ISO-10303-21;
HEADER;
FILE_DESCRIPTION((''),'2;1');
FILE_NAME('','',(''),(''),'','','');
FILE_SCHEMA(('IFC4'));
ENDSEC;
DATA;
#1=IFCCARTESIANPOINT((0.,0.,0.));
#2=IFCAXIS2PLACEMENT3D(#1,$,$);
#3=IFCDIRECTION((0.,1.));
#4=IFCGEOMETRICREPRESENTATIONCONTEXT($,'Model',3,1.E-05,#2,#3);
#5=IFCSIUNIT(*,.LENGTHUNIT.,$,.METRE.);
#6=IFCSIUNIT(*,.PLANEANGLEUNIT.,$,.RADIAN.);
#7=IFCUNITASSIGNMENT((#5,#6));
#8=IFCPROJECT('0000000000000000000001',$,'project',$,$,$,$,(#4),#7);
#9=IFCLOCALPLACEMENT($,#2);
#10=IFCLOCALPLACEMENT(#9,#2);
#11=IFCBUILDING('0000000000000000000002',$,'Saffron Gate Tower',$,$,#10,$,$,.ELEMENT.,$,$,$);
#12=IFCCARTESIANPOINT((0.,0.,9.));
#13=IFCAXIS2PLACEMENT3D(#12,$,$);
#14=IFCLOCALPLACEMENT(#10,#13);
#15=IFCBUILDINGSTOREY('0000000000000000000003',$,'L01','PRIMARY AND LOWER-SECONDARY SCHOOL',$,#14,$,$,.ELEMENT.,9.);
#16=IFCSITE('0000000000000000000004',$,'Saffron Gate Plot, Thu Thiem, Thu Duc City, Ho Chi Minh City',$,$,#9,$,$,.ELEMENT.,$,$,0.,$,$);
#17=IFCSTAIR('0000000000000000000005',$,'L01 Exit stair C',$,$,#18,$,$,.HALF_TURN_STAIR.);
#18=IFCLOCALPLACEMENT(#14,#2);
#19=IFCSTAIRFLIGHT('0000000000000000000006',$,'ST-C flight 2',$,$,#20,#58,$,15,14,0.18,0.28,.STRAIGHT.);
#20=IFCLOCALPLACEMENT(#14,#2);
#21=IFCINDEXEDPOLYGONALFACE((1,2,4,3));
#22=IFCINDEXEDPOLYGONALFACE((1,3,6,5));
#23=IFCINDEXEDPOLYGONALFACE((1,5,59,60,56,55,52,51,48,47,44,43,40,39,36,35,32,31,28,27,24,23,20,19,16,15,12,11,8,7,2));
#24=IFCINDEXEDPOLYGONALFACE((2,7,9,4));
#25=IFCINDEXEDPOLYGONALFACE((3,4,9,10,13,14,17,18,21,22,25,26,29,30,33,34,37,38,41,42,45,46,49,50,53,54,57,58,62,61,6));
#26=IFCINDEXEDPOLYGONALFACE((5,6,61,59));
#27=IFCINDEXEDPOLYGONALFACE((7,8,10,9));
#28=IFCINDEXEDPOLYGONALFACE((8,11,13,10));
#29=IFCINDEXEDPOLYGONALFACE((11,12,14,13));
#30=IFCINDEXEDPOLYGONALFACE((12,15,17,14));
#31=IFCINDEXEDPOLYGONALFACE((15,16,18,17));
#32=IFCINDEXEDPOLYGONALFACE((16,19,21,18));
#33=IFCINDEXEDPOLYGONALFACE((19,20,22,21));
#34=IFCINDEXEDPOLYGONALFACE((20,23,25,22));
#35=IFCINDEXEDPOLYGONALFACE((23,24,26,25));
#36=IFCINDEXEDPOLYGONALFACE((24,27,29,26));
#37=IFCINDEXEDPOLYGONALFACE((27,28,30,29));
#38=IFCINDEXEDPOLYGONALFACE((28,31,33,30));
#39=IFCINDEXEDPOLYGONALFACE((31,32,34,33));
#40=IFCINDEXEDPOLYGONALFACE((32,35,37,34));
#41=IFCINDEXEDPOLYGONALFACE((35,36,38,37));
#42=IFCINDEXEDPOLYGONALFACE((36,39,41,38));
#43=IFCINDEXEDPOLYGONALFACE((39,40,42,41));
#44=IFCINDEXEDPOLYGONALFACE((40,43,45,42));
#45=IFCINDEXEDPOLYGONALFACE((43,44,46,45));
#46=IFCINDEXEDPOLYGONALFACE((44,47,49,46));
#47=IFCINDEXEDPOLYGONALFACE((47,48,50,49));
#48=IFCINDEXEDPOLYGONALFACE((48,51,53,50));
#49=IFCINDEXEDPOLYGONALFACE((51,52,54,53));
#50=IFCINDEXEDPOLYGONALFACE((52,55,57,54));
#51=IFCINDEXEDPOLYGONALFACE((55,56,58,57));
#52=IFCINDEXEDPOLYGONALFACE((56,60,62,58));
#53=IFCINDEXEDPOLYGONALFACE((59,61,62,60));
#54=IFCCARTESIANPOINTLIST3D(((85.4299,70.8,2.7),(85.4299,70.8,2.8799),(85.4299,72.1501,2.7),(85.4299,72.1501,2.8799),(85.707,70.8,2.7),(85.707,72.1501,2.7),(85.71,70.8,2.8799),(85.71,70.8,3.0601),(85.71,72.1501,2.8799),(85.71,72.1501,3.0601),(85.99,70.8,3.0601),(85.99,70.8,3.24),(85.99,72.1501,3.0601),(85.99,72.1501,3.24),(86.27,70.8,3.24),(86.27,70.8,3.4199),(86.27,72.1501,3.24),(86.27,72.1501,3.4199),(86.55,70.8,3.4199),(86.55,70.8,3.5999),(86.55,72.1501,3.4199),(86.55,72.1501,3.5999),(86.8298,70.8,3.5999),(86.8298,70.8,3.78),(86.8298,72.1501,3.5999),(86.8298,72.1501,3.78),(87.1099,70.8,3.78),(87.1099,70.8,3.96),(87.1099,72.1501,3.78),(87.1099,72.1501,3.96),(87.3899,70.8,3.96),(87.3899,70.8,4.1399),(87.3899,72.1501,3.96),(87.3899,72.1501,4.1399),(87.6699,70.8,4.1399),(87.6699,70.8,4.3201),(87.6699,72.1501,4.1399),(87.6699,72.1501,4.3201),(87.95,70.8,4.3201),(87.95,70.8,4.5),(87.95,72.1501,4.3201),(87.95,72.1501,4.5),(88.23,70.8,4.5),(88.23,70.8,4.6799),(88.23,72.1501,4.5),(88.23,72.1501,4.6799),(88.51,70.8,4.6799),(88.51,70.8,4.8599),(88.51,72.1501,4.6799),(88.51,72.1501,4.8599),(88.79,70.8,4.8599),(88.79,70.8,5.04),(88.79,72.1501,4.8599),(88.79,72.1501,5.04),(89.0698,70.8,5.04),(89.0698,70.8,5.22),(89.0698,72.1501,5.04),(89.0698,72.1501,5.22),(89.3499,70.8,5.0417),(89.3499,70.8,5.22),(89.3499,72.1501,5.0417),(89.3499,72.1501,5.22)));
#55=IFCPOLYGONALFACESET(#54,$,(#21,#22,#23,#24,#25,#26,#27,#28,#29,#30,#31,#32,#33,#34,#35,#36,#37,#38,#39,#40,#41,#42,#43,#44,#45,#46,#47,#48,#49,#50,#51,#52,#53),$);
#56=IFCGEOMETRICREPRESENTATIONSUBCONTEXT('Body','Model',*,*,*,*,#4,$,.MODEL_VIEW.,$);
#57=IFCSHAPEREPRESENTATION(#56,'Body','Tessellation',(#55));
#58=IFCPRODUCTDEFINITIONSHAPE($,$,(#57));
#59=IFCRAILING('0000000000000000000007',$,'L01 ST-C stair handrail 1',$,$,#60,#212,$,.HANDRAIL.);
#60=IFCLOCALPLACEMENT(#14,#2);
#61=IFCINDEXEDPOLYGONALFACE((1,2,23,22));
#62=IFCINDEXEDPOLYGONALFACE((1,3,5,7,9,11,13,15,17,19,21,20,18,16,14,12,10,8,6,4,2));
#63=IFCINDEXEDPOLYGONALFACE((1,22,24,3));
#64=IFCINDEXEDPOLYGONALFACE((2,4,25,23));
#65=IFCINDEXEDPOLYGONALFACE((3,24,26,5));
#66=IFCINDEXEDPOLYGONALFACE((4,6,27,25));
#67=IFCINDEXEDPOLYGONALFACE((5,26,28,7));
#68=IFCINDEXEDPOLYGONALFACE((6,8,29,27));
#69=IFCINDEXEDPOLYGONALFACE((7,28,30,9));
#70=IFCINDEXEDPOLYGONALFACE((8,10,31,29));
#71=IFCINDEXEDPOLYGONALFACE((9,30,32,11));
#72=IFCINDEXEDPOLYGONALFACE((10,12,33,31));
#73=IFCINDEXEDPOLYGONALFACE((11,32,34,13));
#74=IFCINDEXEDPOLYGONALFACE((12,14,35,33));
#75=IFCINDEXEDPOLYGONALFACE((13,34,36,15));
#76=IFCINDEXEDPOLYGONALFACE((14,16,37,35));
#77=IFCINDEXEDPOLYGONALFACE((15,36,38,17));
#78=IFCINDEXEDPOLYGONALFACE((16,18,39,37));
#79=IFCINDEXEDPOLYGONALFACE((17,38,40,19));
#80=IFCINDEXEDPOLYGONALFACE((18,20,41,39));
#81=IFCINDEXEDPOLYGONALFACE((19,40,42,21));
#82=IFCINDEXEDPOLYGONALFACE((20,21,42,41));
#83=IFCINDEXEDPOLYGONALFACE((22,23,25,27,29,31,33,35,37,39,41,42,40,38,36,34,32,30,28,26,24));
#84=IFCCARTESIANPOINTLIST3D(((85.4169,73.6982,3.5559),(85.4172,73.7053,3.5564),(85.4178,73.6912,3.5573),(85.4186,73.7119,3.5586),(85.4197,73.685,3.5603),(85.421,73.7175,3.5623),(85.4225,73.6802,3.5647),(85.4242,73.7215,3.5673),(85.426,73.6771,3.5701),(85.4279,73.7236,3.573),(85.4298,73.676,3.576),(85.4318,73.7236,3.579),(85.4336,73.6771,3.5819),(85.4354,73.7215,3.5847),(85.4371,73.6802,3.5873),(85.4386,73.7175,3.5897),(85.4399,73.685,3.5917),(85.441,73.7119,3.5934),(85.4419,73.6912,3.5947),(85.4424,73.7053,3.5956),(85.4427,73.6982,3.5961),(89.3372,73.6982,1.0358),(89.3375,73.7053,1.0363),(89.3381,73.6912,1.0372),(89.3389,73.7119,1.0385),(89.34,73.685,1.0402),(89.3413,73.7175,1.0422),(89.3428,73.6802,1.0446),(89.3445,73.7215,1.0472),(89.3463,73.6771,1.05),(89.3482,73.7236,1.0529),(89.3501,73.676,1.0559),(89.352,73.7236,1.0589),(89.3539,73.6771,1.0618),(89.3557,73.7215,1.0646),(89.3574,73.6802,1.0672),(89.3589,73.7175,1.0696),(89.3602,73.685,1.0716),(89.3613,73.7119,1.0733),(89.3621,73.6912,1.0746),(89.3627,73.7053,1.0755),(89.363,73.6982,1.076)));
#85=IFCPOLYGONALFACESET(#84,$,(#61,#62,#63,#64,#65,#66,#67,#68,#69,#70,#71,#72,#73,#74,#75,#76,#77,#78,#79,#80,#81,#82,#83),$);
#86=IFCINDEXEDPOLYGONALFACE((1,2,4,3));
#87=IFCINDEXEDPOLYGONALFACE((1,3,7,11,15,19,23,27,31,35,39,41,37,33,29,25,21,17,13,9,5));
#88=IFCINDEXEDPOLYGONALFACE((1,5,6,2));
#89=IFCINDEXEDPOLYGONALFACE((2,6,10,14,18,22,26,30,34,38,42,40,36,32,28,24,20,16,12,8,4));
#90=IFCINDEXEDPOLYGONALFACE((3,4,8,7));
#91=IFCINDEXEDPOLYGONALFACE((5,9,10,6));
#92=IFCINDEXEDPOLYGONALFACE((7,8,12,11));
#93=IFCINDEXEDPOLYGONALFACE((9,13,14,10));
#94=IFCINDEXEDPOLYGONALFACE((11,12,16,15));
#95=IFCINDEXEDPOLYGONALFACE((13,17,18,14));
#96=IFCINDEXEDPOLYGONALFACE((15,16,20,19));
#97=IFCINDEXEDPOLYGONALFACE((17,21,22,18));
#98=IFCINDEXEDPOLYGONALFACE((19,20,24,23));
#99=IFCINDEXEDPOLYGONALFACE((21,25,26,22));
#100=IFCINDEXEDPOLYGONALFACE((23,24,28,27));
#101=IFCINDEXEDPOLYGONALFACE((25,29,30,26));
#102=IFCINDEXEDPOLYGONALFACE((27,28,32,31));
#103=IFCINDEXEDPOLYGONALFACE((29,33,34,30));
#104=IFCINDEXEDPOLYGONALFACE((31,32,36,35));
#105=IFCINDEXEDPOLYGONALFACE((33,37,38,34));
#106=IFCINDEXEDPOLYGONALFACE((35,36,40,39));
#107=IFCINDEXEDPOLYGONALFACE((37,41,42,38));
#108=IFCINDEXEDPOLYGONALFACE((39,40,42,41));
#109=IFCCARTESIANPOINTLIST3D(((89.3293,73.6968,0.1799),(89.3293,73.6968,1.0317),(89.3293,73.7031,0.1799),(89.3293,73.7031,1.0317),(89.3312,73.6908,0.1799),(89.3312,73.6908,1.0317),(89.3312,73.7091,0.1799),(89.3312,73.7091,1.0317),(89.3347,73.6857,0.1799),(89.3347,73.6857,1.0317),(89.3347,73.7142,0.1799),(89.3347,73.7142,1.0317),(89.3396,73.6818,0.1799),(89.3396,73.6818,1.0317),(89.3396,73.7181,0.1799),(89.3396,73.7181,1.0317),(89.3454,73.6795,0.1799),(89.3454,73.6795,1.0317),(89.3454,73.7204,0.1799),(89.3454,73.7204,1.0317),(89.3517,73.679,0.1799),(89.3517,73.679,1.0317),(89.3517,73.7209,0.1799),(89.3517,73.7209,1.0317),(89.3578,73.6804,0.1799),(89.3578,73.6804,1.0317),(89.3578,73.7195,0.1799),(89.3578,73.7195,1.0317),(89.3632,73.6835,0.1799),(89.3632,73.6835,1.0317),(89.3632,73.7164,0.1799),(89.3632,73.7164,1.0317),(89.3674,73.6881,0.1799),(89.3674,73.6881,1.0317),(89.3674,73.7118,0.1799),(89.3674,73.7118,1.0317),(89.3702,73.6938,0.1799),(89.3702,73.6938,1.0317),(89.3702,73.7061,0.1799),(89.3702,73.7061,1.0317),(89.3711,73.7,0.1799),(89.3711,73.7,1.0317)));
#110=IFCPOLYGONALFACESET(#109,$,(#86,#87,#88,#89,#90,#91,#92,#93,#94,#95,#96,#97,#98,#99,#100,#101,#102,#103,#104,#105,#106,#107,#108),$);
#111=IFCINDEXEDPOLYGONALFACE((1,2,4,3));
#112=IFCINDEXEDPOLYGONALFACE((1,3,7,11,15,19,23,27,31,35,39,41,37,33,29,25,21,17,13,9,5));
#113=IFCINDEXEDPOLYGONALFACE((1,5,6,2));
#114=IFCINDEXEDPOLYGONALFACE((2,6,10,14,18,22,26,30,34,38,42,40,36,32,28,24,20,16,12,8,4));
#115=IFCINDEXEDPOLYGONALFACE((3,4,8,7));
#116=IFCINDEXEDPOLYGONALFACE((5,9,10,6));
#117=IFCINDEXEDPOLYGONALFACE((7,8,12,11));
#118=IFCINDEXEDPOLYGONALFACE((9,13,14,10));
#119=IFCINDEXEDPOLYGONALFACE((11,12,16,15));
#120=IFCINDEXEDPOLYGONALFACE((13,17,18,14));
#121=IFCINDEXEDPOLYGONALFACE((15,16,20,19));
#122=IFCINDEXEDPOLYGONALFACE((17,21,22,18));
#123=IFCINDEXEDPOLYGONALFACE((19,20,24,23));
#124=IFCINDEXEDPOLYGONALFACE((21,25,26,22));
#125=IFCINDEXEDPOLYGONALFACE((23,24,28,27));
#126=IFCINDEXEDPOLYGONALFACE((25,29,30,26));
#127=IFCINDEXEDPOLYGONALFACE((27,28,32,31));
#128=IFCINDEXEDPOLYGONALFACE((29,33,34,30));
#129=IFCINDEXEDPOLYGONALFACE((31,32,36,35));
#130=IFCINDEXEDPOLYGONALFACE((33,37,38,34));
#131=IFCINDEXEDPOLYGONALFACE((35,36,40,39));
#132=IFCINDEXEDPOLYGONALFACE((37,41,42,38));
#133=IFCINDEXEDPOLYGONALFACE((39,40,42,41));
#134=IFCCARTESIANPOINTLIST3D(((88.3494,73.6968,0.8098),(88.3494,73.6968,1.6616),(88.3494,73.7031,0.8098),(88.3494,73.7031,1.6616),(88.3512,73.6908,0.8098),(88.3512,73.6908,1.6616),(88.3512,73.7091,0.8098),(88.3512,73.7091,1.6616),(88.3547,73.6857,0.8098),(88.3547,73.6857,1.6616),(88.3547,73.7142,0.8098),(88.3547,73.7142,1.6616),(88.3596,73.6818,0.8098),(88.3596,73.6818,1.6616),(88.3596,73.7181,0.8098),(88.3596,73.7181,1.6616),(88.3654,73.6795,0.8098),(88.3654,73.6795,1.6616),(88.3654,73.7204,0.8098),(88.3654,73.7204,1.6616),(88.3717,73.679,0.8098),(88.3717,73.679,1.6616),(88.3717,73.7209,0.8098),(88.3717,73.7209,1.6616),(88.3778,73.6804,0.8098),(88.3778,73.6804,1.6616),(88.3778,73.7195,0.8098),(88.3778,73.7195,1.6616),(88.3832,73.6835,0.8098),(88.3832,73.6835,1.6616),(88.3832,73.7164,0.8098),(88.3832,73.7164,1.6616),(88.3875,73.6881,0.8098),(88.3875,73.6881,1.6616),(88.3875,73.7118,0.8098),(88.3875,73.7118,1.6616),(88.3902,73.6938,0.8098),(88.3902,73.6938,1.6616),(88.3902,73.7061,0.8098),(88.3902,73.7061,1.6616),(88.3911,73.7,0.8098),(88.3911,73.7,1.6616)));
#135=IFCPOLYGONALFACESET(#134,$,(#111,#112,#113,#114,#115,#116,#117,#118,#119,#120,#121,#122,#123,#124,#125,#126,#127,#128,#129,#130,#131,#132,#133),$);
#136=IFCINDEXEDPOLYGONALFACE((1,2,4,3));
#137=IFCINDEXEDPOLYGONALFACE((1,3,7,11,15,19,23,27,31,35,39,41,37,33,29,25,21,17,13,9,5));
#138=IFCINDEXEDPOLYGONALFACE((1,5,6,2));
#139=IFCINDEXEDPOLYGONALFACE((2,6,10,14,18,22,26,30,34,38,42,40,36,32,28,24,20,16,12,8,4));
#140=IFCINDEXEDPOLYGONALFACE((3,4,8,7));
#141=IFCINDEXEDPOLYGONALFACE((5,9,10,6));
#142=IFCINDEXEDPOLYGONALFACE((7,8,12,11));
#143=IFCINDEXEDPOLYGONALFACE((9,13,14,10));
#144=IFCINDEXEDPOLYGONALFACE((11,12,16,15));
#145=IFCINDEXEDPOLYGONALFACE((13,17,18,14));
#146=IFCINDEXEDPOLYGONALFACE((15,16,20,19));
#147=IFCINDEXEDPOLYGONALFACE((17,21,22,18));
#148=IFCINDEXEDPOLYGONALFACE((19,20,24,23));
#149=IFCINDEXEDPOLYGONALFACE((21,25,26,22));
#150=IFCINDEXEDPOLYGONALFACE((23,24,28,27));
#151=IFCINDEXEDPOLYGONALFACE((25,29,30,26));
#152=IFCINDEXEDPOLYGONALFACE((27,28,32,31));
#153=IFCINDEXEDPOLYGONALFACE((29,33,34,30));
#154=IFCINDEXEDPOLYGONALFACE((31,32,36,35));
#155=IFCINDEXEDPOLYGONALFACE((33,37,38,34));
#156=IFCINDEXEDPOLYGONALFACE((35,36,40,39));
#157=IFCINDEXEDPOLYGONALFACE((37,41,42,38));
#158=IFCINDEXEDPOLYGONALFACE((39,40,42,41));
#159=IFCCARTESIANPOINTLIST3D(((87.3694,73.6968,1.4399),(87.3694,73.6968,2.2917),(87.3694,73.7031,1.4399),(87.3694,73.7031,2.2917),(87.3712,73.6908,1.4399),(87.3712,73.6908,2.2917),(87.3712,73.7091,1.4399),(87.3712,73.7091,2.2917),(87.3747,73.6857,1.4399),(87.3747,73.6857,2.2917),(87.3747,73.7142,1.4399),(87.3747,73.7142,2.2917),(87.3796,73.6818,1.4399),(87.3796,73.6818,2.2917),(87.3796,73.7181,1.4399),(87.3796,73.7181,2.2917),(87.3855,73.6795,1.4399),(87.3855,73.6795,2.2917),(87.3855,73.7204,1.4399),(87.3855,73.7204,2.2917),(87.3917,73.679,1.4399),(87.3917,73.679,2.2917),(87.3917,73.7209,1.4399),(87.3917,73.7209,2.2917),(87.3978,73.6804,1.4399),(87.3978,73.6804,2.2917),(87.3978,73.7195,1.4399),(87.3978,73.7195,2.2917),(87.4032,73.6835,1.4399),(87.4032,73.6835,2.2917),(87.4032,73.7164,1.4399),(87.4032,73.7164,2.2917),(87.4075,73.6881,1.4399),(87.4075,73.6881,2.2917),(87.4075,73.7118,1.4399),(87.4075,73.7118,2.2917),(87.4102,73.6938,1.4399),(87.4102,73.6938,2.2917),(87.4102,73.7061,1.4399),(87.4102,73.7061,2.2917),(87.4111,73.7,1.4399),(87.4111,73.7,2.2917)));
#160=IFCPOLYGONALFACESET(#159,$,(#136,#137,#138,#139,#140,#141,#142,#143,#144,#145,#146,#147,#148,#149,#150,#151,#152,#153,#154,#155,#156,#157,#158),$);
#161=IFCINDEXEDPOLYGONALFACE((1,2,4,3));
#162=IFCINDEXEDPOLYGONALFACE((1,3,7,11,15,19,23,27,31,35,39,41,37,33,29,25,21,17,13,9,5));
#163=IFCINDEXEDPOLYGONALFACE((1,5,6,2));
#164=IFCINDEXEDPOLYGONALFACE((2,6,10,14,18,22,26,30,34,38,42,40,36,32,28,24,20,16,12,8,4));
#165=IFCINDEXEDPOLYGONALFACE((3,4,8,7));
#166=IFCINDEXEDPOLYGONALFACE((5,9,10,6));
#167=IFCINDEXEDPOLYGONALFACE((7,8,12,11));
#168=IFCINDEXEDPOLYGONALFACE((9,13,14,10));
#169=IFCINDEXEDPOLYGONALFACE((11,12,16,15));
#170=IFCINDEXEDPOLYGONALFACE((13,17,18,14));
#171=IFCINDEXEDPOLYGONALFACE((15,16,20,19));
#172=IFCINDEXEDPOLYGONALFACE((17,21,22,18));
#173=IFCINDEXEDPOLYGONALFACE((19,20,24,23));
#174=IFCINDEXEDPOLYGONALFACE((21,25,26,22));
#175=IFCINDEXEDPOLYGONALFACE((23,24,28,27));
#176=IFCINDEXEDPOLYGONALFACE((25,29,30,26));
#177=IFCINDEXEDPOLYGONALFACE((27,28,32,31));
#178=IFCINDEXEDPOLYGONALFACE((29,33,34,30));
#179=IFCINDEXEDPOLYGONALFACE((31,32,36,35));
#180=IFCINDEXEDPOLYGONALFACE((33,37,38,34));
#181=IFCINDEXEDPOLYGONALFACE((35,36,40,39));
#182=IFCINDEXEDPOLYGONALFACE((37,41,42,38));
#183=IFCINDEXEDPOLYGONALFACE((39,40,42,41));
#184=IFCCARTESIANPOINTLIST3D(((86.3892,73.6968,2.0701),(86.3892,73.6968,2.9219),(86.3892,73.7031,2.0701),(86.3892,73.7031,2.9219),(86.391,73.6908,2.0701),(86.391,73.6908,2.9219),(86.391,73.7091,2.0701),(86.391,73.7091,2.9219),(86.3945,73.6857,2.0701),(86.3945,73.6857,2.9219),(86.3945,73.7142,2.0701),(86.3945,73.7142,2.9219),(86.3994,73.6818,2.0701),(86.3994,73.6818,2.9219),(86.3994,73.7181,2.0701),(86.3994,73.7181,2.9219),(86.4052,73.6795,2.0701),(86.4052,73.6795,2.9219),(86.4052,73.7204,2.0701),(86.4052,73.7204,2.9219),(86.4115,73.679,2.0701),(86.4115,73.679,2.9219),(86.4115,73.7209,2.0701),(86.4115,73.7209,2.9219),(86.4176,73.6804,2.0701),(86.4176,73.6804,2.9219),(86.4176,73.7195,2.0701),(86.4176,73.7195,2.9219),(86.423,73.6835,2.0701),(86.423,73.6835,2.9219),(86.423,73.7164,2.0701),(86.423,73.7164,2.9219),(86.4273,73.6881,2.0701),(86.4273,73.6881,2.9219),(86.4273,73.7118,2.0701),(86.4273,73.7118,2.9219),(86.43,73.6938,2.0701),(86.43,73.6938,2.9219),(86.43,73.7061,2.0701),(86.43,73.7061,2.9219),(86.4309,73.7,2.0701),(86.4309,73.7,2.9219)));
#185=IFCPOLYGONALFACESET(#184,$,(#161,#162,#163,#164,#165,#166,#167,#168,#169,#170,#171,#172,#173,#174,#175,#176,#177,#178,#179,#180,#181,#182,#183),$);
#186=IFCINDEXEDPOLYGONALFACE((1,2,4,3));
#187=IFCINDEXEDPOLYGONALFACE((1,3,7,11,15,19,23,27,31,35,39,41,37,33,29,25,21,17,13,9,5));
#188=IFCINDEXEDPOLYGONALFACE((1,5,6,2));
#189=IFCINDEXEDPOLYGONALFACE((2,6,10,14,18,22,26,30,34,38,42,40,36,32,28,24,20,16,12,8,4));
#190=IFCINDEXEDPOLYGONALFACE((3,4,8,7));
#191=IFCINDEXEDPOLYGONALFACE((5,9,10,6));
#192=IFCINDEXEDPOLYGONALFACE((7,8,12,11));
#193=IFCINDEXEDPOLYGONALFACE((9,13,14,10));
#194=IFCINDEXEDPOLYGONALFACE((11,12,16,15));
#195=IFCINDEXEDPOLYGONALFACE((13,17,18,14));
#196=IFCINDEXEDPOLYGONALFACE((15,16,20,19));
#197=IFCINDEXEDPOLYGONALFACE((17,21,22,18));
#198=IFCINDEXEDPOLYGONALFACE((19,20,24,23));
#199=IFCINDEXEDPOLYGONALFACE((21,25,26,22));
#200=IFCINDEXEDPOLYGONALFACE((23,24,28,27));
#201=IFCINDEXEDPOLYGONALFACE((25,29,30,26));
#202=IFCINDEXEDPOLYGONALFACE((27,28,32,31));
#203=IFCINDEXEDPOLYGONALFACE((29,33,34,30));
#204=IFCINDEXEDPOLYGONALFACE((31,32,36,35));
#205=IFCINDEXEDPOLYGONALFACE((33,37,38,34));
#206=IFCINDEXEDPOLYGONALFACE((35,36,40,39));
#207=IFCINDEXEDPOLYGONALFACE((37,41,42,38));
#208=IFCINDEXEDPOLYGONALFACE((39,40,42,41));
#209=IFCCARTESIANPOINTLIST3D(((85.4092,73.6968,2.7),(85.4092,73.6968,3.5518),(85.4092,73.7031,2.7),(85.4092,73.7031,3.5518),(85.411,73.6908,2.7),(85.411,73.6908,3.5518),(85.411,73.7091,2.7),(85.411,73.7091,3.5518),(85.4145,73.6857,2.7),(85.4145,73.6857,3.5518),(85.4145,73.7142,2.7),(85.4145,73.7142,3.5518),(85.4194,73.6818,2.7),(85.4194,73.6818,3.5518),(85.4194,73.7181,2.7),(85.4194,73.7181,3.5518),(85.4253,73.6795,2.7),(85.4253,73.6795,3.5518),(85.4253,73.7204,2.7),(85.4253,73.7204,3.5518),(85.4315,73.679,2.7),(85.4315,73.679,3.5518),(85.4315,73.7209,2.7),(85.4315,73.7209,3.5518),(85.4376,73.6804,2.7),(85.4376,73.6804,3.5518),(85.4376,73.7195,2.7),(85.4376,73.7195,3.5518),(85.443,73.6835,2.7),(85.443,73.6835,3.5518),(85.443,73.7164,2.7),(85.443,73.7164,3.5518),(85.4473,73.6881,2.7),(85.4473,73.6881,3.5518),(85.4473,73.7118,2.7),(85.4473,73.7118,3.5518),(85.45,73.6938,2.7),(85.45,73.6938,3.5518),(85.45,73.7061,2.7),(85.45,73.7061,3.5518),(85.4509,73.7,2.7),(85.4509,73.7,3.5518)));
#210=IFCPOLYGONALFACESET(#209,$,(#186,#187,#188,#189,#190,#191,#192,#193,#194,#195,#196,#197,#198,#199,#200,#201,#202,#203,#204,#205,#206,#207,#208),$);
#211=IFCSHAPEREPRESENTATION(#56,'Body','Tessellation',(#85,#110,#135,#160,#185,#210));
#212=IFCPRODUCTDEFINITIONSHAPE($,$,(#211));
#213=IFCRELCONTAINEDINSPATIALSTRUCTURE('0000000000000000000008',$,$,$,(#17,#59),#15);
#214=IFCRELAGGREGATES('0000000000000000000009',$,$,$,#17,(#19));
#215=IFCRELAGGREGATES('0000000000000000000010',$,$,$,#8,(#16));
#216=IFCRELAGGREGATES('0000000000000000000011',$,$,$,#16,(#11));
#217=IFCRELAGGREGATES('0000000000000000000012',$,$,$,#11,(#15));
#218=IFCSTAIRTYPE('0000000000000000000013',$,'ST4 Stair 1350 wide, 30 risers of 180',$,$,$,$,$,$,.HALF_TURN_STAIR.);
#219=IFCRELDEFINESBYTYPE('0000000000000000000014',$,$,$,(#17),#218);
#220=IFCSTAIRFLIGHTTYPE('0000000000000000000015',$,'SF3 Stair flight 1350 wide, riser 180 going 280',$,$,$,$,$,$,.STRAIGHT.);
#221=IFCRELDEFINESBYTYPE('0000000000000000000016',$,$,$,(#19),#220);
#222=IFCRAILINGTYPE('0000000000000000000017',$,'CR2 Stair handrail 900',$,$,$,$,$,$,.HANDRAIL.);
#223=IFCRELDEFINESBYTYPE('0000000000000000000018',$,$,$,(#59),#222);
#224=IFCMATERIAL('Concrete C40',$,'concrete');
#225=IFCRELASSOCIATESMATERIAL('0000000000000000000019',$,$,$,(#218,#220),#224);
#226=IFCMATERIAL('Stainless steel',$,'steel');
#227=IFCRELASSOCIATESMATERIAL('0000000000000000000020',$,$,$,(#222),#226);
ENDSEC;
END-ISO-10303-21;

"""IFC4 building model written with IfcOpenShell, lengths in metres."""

from ifc_helpers import new_model, si_unit, direction, frame, origin, origin_2d, place, context, subcontext, project, spatial, polyline, circle, outline, extrude, material, type_object, element, aggregate, save


model = new_model("IFC4")

# Units and contexts
model_context = context("Model", 3, precision=1e-05, world=origin(), true_north=direction((0.0, 1.0)))
body_context = subcontext(model_context, "Body", "Model", "MODEL_VIEW")
ifc_project = project(units=[si_unit("LENGTHUNIT", "METRE"), si_unit("PLANEANGLEUNIT", "RADIAN")], contexts=[model_context])

# Site, building, storey
site_placement = place(None, origin())
site = spatial("IfcSite", under=ifc_project, at=site_placement, Name="Saffron Gate Plot, Thu Thiem, Thu Duc City, Ho Chi Minh City", CompositionType="ELEMENT", RefElevation=0.0)
building_placement = place(site_placement, origin())
building = spatial("IfcBuilding", under=site, at=building_placement, Name="Saffron Gate Tower", CompositionType="ELEMENT")
storey_placement = place(building_placement, frame((0.0, 0.0, 9.0)))
storey = spatial("IfcBuildingStorey", under=building, at=storey_placement, Name="L01", Description="PRIMARY AND LOWER-SECONDARY SCHOOL", CompositionType="ELEMENT", Elevation=9.0)

# Stair, stair flight
ifc_material_1 = material(Name="Concrete C40", Category="concrete")
stair_type = type_object("IfcStairType", Name="ST4 Stair 1350 wide, 30 risers of 180", PredefinedType="HALF_TURN_STAIR", material=ifc_material_1)
stair_placement = place(storey_placement, origin())
stair = element("IfcStair", 1, at=stair_placement, inside=storey, type_object=stair_type, Name="L01 Exit stair C", PredefinedType="HALF_TURN_STAIR")
stair_flight_type = type_object("IfcStairFlightType", Name="SF3 Stair flight 1350 wide, riser 180 going 280", PredefinedType="STRAIGHT", material=ifc_material_1)
stair_flight_1_placement = place(storey_placement, frame((85.4299, 71.4751, 2.7), z_axis=(0.0, 0.0, 1.0), x_axis=(1.0, 0.0, 0.0)))
stair_flight_1 = element("IfcStairFlight", 2, at=stair_flight_1_placement, type_object=stair_flight_type, Name="ST-C flight 2", NumberOfRisers=15, NumberOfTreads=14, PredefinedType="STRAIGHT", RiserHeight=0.18, TreadLength=0.28, context=body_context, shape_type="SweptSolid", body=[
    extrude(outline(polyline([(0.0, 0.0), (0.0, 0.1799), (0.28, 0.1799), (0.28, 0.3601), (0.5601, 0.3601), (0.5601, 0.54), (0.8401, 0.54), (0.8401, 0.72), (1.1201, 0.72), (1.1201, 0.8999), (1.3999, 0.8999), (1.3999, 1.0801), (1.6799, 1.0801), (1.6799, 1.26), (1.96, 1.26), (1.96, 1.4399), (2.24, 1.4399), (2.24, 1.6201), (2.52, 1.6201), (2.52, 1.8), (2.8, 1.8), (2.8, 1.98), (3.0801, 1.98), (3.0801, 2.1599), (3.3601, 2.1599), (3.3601, 2.3401), (3.6399, 2.3401), (3.6399, 2.52), (3.9199, 2.52), (3.9199, 2.7), (3.9199, 2.3418), (0.2771, 0.0), (0.0, 0.0)])), frame((0.0, 0.675, 0.0), z_axis=(0.0, -1.0, 0.0), x_axis=(1.0, 0.0, 0.0)), (0.0, 0.0, 1.0), 1.3501),
])
aggregate(stair, [stair_flight_1])

# Railing
ifc_material_2 = material(Name="Stainless steel", Category="steel")
railing_type_1 = type_object("IfcRailingType", Name="CR2 Stair handrail 900", PredefinedType="HANDRAIL", material=ifc_material_2)
railing_1_placement = place(storey_placement, frame((89.3501, 73.7, 0.1799)))
element("IfcRailing", 3, at=railing_1_placement, inside=storey, type_object=railing_type_1, Name="L01 ST-C stair handrail 1", PredefinedType="HANDRAIL", context=body_context, shape_type="SweptSolid", body=[
    extrude(circle(Radius=0.0239, at=origin_2d()), frame((0.0, 0.0, 0.876), z_axis=(-0.841187, 0.0, 0.540744), x_axis=(0.0, -1.0, 0.0)), (0.0, 0.0, 1.0), 4.6604),
    extrude(circle(Radius=0.021, at=origin_2d()), origin(), (0.0, 0.0, 1.0), 0.8518),
    extrude(circle(Radius=0.021, at=origin_2d()), frame((-0.98, 0.0, 0.6299)), (0.0, 0.0, 1.0), 0.8518),
    extrude(circle(Radius=0.021, at=origin_2d()), frame((-1.96, 0.0, 1.26)), (0.0, 0.0, 1.0), 0.8518),
    extrude(circle(Radius=0.021, at=origin_2d()), frame((-2.9402, 0.0, 1.8901)), (0.0, 0.0, 1.0), 0.8518),
    extrude(circle(Radius=0.021, at=origin_2d()), frame((-3.9202, 0.0, 2.52)), (0.0, 0.0, 1.0), 0.8518),
])

save(model, "model.ifc")
